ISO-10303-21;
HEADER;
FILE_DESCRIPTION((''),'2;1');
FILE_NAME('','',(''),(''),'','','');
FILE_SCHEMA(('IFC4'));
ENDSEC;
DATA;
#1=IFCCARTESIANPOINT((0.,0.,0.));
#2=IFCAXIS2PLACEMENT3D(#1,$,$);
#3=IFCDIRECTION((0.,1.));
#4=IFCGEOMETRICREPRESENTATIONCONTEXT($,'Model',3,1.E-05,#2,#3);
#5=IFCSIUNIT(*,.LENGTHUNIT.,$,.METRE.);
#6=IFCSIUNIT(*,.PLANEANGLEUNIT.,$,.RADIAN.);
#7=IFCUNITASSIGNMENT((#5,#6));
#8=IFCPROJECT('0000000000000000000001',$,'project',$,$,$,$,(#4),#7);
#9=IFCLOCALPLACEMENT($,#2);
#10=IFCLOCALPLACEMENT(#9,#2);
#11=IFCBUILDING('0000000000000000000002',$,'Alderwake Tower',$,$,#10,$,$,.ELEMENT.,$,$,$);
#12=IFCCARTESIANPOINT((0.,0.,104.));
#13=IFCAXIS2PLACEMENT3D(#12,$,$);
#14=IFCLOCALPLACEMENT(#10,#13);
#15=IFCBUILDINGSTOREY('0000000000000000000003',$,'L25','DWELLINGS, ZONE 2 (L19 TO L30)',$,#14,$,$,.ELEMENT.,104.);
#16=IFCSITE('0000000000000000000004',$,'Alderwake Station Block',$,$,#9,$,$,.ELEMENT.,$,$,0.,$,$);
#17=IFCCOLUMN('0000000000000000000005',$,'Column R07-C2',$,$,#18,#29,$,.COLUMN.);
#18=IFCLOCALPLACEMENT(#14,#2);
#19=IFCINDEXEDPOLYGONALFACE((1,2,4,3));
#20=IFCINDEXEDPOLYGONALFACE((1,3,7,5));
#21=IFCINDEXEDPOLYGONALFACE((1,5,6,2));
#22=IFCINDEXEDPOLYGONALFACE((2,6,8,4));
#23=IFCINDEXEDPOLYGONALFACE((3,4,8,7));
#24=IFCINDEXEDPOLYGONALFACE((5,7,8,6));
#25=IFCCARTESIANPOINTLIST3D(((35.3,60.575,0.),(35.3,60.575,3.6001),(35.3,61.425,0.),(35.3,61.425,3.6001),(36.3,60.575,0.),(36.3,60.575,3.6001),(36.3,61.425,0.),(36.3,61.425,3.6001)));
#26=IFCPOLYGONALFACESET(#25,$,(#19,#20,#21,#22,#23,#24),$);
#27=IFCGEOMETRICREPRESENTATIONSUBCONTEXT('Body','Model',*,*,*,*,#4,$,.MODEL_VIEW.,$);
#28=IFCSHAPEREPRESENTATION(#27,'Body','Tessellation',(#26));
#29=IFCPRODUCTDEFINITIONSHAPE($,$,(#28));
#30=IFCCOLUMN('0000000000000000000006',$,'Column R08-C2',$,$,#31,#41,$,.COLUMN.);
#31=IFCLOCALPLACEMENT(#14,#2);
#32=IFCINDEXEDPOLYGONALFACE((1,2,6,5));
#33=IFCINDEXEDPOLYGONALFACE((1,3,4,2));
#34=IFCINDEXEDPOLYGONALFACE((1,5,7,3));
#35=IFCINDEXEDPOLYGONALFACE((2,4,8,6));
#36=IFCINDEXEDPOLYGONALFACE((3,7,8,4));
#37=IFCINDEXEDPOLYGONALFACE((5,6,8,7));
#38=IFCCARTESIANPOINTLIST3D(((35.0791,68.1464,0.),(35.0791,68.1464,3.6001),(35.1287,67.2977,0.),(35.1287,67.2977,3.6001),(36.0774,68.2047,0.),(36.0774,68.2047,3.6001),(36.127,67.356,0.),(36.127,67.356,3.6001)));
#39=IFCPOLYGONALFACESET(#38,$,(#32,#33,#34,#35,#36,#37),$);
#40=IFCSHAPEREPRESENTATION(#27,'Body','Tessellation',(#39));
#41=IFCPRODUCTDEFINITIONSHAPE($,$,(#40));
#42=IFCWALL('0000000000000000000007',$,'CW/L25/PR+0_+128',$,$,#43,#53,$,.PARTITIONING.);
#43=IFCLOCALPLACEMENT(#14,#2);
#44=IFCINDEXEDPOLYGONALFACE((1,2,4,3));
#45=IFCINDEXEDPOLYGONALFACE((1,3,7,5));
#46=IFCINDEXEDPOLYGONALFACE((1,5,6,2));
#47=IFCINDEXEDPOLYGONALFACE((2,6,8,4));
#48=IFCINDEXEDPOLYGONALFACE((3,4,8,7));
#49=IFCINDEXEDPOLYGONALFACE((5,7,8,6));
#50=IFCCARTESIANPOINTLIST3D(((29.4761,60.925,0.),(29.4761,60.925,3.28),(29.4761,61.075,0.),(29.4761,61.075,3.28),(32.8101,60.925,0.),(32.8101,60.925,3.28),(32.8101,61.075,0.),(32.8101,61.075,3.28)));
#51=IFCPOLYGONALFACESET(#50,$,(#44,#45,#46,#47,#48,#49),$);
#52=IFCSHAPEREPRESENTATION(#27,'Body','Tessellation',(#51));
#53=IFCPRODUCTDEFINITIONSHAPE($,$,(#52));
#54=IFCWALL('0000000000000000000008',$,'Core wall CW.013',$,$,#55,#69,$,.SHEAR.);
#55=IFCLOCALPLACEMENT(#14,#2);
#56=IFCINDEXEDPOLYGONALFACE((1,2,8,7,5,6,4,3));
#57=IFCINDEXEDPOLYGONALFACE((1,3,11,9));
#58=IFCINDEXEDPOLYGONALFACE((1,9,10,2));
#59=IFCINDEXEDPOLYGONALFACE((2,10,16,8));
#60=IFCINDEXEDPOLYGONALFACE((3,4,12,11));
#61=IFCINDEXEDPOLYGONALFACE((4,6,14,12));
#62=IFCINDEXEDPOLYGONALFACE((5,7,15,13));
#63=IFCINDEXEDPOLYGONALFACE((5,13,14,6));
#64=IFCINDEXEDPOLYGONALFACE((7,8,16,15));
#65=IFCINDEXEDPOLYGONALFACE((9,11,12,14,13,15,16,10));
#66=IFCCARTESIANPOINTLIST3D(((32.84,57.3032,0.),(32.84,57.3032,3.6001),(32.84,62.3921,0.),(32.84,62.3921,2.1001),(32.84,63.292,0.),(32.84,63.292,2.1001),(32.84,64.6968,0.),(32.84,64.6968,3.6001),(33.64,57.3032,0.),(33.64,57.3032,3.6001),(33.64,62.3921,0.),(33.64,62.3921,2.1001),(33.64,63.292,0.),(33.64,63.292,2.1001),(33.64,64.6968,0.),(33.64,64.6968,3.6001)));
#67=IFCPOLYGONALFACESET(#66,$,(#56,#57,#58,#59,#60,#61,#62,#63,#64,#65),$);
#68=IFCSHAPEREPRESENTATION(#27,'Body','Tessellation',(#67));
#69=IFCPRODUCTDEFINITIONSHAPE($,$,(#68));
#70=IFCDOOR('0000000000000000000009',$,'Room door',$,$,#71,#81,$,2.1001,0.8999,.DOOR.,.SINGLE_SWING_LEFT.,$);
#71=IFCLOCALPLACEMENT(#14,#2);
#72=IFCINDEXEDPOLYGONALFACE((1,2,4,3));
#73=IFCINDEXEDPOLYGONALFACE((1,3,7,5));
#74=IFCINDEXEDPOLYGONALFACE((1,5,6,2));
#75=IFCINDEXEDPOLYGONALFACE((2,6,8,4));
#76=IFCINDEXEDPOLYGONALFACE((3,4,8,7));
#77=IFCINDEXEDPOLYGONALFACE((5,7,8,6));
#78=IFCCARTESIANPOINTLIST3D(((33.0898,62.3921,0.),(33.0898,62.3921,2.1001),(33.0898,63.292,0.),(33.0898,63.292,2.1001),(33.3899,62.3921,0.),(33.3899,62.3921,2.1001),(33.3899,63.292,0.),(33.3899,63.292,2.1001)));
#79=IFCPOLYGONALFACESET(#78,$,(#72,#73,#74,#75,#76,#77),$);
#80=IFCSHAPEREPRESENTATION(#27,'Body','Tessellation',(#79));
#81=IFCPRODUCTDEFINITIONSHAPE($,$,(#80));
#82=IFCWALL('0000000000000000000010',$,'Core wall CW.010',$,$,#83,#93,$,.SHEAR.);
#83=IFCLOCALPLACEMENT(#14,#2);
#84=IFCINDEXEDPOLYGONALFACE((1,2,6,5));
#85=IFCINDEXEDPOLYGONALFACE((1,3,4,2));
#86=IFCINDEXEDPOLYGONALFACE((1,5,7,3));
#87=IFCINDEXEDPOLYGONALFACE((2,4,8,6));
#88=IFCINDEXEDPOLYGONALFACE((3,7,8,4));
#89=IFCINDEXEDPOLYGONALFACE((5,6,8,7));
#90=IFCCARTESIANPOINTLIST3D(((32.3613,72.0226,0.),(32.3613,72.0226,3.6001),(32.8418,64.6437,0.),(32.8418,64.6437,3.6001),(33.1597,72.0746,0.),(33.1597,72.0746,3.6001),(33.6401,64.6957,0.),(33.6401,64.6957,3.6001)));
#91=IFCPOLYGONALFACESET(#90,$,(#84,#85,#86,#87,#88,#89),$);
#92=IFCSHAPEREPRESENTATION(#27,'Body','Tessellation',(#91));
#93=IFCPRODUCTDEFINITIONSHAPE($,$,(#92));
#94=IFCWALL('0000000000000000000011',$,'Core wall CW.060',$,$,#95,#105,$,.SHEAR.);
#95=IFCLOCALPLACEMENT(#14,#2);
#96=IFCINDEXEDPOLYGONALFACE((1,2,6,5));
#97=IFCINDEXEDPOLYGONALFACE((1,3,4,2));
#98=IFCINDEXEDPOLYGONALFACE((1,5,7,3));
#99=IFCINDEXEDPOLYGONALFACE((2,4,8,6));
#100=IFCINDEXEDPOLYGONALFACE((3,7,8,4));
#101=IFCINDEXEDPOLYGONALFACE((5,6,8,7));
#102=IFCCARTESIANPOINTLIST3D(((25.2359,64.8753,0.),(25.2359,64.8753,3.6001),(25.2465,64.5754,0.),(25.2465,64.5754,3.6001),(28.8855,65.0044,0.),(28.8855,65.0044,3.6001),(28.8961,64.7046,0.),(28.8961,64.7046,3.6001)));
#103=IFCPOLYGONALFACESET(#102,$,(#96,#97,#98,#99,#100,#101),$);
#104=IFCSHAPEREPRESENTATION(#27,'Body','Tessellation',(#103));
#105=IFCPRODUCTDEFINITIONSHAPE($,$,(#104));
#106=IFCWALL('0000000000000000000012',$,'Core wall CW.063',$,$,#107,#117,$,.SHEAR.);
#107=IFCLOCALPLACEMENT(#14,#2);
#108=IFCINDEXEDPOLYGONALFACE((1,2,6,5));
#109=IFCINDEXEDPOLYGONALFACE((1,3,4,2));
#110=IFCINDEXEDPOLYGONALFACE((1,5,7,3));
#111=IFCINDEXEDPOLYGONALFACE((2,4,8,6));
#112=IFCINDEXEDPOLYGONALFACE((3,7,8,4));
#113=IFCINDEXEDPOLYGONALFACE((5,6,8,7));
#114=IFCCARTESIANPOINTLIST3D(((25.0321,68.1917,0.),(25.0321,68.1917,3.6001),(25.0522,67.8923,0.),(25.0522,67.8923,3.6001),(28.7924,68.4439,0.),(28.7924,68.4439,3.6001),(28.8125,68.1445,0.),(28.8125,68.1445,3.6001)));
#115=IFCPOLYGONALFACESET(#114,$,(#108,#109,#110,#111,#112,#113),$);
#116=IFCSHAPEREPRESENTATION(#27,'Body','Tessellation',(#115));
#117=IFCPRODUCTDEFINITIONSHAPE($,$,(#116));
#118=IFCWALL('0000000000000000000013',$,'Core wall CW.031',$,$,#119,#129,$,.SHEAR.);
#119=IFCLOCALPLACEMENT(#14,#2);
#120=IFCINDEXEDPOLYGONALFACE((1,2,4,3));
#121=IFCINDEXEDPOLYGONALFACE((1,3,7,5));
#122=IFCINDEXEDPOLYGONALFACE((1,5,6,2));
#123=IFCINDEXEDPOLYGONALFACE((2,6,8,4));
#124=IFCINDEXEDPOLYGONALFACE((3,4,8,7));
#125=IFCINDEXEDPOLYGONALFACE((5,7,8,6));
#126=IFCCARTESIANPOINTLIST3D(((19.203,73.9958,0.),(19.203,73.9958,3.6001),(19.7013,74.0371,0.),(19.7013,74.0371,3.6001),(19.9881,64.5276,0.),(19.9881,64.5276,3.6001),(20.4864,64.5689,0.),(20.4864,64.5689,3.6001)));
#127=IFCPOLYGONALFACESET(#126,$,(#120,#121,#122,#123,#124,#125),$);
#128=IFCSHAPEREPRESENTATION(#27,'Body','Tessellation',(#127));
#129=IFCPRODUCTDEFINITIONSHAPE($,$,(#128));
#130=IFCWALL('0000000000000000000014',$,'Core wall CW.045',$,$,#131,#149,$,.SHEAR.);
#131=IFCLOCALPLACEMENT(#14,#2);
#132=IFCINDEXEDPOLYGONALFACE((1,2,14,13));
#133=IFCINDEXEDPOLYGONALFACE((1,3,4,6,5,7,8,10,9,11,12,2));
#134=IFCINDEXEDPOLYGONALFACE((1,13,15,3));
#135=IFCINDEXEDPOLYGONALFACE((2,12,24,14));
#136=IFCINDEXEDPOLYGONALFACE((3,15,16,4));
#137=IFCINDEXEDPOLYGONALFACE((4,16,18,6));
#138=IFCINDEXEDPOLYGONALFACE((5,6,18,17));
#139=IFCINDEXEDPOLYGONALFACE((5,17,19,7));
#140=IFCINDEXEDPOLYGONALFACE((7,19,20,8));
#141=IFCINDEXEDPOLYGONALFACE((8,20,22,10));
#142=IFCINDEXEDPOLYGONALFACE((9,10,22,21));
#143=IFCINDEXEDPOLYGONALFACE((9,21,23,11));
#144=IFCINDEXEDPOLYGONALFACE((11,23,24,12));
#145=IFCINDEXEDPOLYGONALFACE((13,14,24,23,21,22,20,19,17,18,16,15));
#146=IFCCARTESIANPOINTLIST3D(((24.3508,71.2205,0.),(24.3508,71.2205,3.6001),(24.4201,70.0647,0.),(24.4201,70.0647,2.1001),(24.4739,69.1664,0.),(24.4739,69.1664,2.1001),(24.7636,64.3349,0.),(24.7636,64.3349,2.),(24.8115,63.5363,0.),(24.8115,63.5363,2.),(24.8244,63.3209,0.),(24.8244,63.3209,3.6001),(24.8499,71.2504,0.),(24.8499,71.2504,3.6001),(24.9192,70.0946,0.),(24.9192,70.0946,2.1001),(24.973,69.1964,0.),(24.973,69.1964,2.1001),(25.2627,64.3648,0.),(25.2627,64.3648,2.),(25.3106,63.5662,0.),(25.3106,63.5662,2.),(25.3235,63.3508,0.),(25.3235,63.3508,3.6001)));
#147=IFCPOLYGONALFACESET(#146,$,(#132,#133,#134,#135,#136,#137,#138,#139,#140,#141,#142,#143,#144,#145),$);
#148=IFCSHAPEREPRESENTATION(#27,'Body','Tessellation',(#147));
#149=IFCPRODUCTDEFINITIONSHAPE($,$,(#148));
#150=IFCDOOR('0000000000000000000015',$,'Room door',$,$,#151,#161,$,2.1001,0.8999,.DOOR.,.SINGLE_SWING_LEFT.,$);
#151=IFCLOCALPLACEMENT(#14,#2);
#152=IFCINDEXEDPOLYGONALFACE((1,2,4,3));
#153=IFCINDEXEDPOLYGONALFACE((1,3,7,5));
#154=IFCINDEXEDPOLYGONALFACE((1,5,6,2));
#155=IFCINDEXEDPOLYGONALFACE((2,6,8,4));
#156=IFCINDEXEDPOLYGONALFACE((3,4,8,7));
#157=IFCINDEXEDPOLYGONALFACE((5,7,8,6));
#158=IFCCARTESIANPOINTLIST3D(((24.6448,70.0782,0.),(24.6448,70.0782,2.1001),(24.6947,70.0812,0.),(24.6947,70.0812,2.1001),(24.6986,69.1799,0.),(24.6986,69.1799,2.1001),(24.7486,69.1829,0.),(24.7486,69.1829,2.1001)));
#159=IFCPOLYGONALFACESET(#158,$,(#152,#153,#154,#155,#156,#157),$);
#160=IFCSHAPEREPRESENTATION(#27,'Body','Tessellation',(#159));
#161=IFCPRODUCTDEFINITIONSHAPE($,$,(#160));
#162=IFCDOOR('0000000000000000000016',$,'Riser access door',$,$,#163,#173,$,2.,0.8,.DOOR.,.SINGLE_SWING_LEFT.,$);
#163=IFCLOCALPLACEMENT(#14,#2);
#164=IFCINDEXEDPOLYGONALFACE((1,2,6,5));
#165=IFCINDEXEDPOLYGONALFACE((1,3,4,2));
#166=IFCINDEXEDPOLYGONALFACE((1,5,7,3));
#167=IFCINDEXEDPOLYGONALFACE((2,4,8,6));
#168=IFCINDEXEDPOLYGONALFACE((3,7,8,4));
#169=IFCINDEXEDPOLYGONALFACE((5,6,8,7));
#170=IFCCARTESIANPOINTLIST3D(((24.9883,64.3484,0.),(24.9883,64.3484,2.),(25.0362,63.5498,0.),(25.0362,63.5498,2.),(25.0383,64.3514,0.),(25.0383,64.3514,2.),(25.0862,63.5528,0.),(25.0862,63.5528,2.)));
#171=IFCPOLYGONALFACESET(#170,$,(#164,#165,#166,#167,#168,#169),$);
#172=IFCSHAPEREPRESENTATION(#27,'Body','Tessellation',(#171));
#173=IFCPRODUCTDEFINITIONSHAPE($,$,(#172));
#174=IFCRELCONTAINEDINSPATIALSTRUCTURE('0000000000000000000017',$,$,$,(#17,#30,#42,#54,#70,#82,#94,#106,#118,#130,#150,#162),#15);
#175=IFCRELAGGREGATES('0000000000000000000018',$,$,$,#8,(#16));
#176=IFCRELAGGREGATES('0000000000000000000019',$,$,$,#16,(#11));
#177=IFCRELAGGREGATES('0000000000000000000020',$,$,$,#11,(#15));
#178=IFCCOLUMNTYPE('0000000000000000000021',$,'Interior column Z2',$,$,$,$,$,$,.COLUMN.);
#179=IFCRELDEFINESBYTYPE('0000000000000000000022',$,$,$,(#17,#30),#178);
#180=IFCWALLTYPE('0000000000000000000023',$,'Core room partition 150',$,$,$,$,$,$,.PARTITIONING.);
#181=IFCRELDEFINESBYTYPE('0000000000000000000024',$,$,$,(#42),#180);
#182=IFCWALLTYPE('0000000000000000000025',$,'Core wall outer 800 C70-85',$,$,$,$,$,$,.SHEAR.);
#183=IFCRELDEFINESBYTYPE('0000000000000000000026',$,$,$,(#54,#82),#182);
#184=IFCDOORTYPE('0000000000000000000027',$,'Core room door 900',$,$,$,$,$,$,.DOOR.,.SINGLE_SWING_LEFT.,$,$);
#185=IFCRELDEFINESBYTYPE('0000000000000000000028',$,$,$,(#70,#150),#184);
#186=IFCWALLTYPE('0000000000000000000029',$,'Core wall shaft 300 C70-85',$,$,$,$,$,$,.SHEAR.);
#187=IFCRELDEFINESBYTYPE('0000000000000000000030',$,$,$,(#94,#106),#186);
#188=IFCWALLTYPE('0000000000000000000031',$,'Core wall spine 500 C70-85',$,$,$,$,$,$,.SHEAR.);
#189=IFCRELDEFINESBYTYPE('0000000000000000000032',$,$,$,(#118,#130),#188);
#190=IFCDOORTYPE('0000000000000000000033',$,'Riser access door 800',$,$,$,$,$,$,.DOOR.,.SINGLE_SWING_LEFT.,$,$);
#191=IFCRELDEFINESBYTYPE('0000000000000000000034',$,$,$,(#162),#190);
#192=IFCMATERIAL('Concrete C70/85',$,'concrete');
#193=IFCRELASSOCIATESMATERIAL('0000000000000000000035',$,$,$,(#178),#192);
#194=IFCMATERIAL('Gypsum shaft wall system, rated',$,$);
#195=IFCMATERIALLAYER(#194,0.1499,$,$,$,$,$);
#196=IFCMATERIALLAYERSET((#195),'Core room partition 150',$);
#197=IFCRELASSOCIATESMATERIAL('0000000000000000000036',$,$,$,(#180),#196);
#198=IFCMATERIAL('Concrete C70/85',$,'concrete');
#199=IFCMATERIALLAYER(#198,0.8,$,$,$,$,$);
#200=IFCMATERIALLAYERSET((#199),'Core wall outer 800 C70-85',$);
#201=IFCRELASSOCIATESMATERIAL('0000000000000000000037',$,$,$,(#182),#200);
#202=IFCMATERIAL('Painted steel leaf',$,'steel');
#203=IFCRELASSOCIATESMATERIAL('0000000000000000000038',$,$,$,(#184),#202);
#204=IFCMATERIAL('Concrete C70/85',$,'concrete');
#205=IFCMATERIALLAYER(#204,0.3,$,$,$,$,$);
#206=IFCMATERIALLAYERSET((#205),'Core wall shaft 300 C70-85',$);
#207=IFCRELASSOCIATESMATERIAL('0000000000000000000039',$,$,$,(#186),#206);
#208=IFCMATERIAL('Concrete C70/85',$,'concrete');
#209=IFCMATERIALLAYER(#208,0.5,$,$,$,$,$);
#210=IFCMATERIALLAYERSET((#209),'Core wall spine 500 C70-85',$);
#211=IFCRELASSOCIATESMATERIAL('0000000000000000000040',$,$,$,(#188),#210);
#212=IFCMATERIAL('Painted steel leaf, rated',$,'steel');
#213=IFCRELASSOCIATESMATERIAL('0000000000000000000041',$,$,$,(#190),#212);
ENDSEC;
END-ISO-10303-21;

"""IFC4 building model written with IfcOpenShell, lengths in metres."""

from ifc_helpers import new_model, si_unit, direction, frame, frame_2d, origin, origin_2d, place, context, subcontext, project, spatial, rectangle, extrude, material, layer, layer_set, material_profile, profile_set, type_object, element, fill, save


model = new_model("IFC4")

# Units and contexts
model_context = context("Model", 3, precision=1e-05, world=origin(), true_north=direction((0.0, 1.0)))
body_context = subcontext(model_context, "Body", "Model", "MODEL_VIEW")
ifc_project = project(units=[si_unit("LENGTHUNIT", "METRE"), si_unit("PLANEANGLEUNIT", "RADIAN")], contexts=[model_context])

# Site, building, storey
site_placement = place(None, origin())
site = spatial("IfcSite", under=ifc_project, at=site_placement, Name="Alderwake Station Block", CompositionType="ELEMENT", RefElevation=0.0)
building_placement = place(site_placement, origin())
building = spatial("IfcBuilding", under=site, at=building_placement, Name="Alderwake Tower", CompositionType="ELEMENT")
storey_placement = place(building_placement, frame((0.0, 0.0, 104.0)))
storey = spatial("IfcBuildingStorey", under=building, at=storey_placement, Name="L25", Description="DWELLINGS, ZONE 2 (L19 TO L30)", CompositionType="ELEMENT", Elevation=104.0)

# Columns
ifc_material_1 = material(Name="Concrete C70/85", Category="concrete")
ifc_material_profile = material_profile(ifc_material_1, rectangle(XDim=0.8501, YDim=1.0, at=origin_2d()), Name="RC 1000X850")
ifc_profile_set = profile_set([ifc_material_profile], Name="Concrete C70/85")
column_type = type_object("IfcColumnType", Name="Interior column Z2", PredefinedType="COLUMN", material=ifc_profile_set)
for number, where, z_axis, x_axis, name in (
    (1, (35.8, 61.0, 0.0), (0.0, 0.0, 1.0), (0.0, 1.0, 0.0), "Column R07-C2"),
    (2, (35.603, 67.7512, 0.0), (0.0, 0.0, 1.0), (-0.058301, 0.998299, 0.0), "Column R08-C2"),
):
    element("IfcColumn", number, at=place(storey_placement, frame(where, z_axis=z_axis, x_axis=x_axis)), inside=storey, type_object=column_type, Name=name, PredefinedType="COLUMN", context=body_context, shape_type="SweptSolid", body=[
        extrude(rectangle(XDim=0.8501, YDim=1.0, at=origin_2d()), origin(), (0.0, 0.0, 1.0), 3.6001),
    ])

# Wall
ifc_material_2 = material(Name="Gypsum shaft wall system, rated")
ifc_layer_1 = layer(ifc_material_2, 0.1499)
ifc_layer_set_1 = layer_set([ifc_layer_1], Name="Core room partition 150")
wall_type_1 = type_object("IfcWallType", Name="Core room partition 150", PredefinedType="PARTITIONING", material=ifc_layer_set_1)
wall_1_placement = place(storey_placement, frame((29.4761, 61.0, 0.0), z_axis=(0.0, 0.0, 1.0), x_axis=(1.0, 0.0, 0.0)))
element("IfcWall", 3, at=wall_1_placement, inside=storey, type_object=wall_type_1, Name="CW/L25/PR+0_+128", PredefinedType="PARTITIONING", context=body_context, shape_type="SweptSolid", body=[
    extrude(rectangle(XDim=3.334, YDim=0.1499, at=frame_2d((1.667, 0.0))), origin(), (0.0, 0.0, 1.0), 3.28),
])

# Wall, opening, door
ifc_material_3 = material(Name="Concrete C70/85", Category="concrete")
ifc_layer_2 = layer(ifc_material_3, 0.8)
ifc_layer_set_2 = layer_set([ifc_layer_2], Name="Core wall outer 800 C70-85")
wall_type_2 = type_object("IfcWallType", Name="Core wall outer 800 C70-85", PredefinedType="SHEAR", material=ifc_layer_set_2)
wall_2_placement = place(storey_placement, frame((33.24, 64.6968, 0.0), z_axis=(0.0, 0.0, 1.0), x_axis=(0.0, -1.0, 0.0)))
wall_2 = element("IfcWall", 4, at=wall_2_placement, inside=storey, type_object=wall_type_2, Name="Core wall CW.013", PredefinedType="SHEAR", context=body_context, shape_type="SweptSolid", body=[
    extrude(rectangle(XDim=7.3936, YDim=0.8, at=frame_2d((3.6968, 0.0))), origin(), (0.0, 0.0, 1.0), 3.6001),
])
opening_1_placement = place(wall_2_placement, frame((1.4048, 0.0, 0.0)))
opening_1 = element("IfcOpeningElement", 5, at=opening_1_placement, cuts=wall_2, PredefinedType="OPENING", context=body_context, shape_type="SweptSolid", body=[
    extrude(rectangle(XDim=0.8999, YDim=2.1001, at=frame_2d((0.45, 1.05))), frame((0.0, 0.4099, 0.0), z_axis=(0.0, -1.0, 0.0), x_axis=(1.0, 0.0, 0.0)), (0.0, 0.0, 1.0), 0.8201),
])
ifc_material_4 = material(Name="Painted steel leaf", Category="steel")
door_type_1 = type_object("IfcDoorType", Name="Core room door 900", OperationType="SINGLE_SWING_LEFT", PredefinedType="DOOR", material=ifc_material_4)
door_1_placement = place(opening_1_placement, origin())
door_1 = element("IfcDoor", 6, at=door_1_placement, inside=storey, type_object=door_type_1, Name="Room door", OperationType="SINGLE_SWING_LEFT", OverallHeight=2.1001, OverallWidth=0.8999, PredefinedType="DOOR", context=body_context, shape_type="SweptSolid", body=[
    extrude(rectangle(XDim=0.8999, YDim=2.1001, at=frame_2d((0.45, 1.05))), frame((0.0, 0.1499, 0.0), z_axis=(0.0, -1.0, 0.0), x_axis=(1.0, 0.0, 0.0)), (0.0, 0.0, 1.0), 0.3),
])
fill(opening_1, door_1)

# Walls
wall_3_placement = place(storey_placement, frame((33.241, 64.6697, 0.0), z_axis=(0.0, 0.0, 1.0), x_axis=(-0.064976, 0.997887, 0.0)))
element("IfcWall", 7, at=wall_3_placement, inside=storey, type_object=wall_type_2, Name="Core wall CW.010", PredefinedType="SHEAR", context=body_context, shape_type="SweptSolid", body=[
    extrude(rectangle(XDim=7.3945, YDim=0.8, at=frame_2d((3.6973, 0.0))), origin(), (0.0, 0.0, 1.0), 3.6001),
])
ifc_material_5 = material(Name="Concrete C70/85", Category="concrete")
ifc_layer_3 = layer(ifc_material_5, 0.3)
ifc_layer_set_3 = layer_set([ifc_layer_3], Name="Core wall shaft 300 C70-85")
wall_type_3 = type_object("IfcWallType", Name="Core wall shaft 300 C70-85", PredefinedType="SHEAR", material=ifc_layer_set_3)
wall_4_placement = place(storey_placement, frame((25.2412, 64.7253, 0.0), z_axis=(0.0, 0.0, 1.0), x_axis=(0.999374, 0.035365, 0.0)))
element("IfcWall", 8, at=wall_4_placement, inside=storey, type_object=wall_type_3, Name="Core wall CW.060", PredefinedType="SHEAR", context=body_context, shape_type="SweptSolid", body=[
    extrude(rectangle(XDim=3.6519, YDim=0.3, at=frame_2d((1.8259, 0.0))), origin(), (0.0, 0.0, 1.0), 3.6001),
])
wall_5_placement = place(storey_placement, frame((25.0422, 68.042, 0.0), z_axis=(0.0, 0.0, 1.0), x_axis=(0.997758, 0.066919, 0.0)))
element("IfcWall", 9, at=wall_5_placement, inside=storey, type_object=wall_type_3, Name="Core wall CW.063", PredefinedType="SHEAR", context=body_context, shape_type="SweptSolid", body=[
    extrude(rectangle(XDim=3.7688, YDim=0.3, at=frame_2d((1.8843, 0.0))), origin(), (0.0, 0.0, 1.0), 3.6001),
])
ifc_material_6 = material(Name="Concrete C70/85", Category="concrete")
ifc_layer_4 = layer(ifc_material_6, 0.5)
ifc_layer_set_4 = layer_set([ifc_layer_4], Name="Core wall spine 500 C70-85")
wall_type_4 = type_object("IfcWallType", Name="Core wall spine 500 C70-85", PredefinedType="SHEAR", material=ifc_layer_set_4)
wall_6_placement = place(storey_placement, frame((20.2373, 64.5481, 0.0), z_axis=(0.0, 0.0, 1.0), x_axis=(-0.082641, 0.996579, 0.0)))
element("IfcWall", 10, at=wall_6_placement, inside=storey, type_object=wall_type_4, Name="Core wall CW.031", PredefinedType="SHEAR", context=body_context, shape_type="SweptSolid", body=[
    extrude(rectangle(XDim=9.5007, YDim=0.5, at=frame_2d((4.7505, 0.0))), origin(), (0.0, 0.0, 1.0), 3.6001),
])

# Wall, openings, doors
wall_7_placement = place(storey_placement, frame((25.074, 63.3357, 0.0), z_axis=(0.0, 0.0, 1.0), x_axis=(-0.059849, 0.998207, 0.0)))
wall_7 = element("IfcWall", 11, at=wall_7_placement, inside=storey, type_object=wall_type_4, Name="Core wall CW.045", PredefinedType="SHEAR", context=body_context, shape_type="SweptSolid", body=[
    extrude(rectangle(XDim=7.9138, YDim=0.5, at=frame_2d((3.957, 0.0))), origin(), (0.0, 0.0, 1.0), 3.6001),
])
opening_2_placement = place(wall_7_placement, frame((0.2161, 0.0, 0.0)))
opening_2 = element("IfcOpeningElement", 12, at=opening_2_placement, cuts=wall_7, PredefinedType="OPENING", context=body_context, shape_type="SweptSolid", body=[
    extrude(rectangle(XDim=0.8, YDim=2.0, at=frame_2d((0.3999, 1.0))), frame((0.0, 0.26, 0.0), z_axis=(0.0, -1.0, 0.0), x_axis=(1.0, 0.0, 0.0)), (0.0, 0.0, 1.0), 0.52),
])
opening_3_placement = place(wall_7_placement, frame((5.8562, 0.0, 0.0)))
opening_3 = element("IfcOpeningElement", 13, at=opening_3_placement, cuts=wall_7, PredefinedType="OPENING", context=body_context, shape_type="SweptSolid", body=[
    extrude(rectangle(XDim=0.8999, YDim=2.1001, at=frame_2d((0.45, 1.05))), frame((0.0, 0.26, 0.0), z_axis=(0.0, -1.0, 0.0), x_axis=(1.0, 0.0, 0.0)), (0.0, 0.0, 1.0), 0.52),
])
door_2_placement = place(opening_3_placement, origin())
door_2 = element("IfcDoor", 14, at=door_2_placement, inside=storey, type_object=door_type_1, Name="Room door", OperationType="SINGLE_SWING_LEFT", OverallHeight=2.1001, OverallWidth=0.8999, PredefinedType="DOOR", context=body_context, shape_type="SweptSolid", body=[
    extrude(rectangle(XDim=0.8999, YDim=2.1001, at=frame_2d((0.45, 1.05))), frame((0.0, 0.0249, 0.0), z_axis=(0.0, -1.0, 0.0), x_axis=(1.0, 0.0, 0.0)), (0.0, 0.0, 1.0), 0.05),
])
fill(opening_3, door_2)
ifc_material_7 = material(Name="Painted steel leaf, rated", Category="steel")
door_type_2 = type_object("IfcDoorType", Name="Riser access door 800", OperationType="SINGLE_SWING_LEFT", PredefinedType="DOOR", material=ifc_material_7)
door_3_placement = place(opening_2_placement, origin())
door_3 = element("IfcDoor", 15, at=door_3_placement, inside=storey, type_object=door_type_2, Name="Riser access door", OperationType="SINGLE_SWING_LEFT", OverallHeight=2.0, OverallWidth=0.8, PredefinedType="DOOR", context=body_context, shape_type="SweptSolid", body=[
    extrude(rectangle(XDim=0.8, YDim=2.0, at=frame_2d((0.3999, 1.0))), frame((0.0, 0.0249, 0.0), z_axis=(0.0, -1.0, 0.0), x_axis=(1.0, 0.0, 0.0)), (0.0, 0.0, 1.0), 0.05),
])
fill(opening_2, door_3)

save(model, "model.ifc")
